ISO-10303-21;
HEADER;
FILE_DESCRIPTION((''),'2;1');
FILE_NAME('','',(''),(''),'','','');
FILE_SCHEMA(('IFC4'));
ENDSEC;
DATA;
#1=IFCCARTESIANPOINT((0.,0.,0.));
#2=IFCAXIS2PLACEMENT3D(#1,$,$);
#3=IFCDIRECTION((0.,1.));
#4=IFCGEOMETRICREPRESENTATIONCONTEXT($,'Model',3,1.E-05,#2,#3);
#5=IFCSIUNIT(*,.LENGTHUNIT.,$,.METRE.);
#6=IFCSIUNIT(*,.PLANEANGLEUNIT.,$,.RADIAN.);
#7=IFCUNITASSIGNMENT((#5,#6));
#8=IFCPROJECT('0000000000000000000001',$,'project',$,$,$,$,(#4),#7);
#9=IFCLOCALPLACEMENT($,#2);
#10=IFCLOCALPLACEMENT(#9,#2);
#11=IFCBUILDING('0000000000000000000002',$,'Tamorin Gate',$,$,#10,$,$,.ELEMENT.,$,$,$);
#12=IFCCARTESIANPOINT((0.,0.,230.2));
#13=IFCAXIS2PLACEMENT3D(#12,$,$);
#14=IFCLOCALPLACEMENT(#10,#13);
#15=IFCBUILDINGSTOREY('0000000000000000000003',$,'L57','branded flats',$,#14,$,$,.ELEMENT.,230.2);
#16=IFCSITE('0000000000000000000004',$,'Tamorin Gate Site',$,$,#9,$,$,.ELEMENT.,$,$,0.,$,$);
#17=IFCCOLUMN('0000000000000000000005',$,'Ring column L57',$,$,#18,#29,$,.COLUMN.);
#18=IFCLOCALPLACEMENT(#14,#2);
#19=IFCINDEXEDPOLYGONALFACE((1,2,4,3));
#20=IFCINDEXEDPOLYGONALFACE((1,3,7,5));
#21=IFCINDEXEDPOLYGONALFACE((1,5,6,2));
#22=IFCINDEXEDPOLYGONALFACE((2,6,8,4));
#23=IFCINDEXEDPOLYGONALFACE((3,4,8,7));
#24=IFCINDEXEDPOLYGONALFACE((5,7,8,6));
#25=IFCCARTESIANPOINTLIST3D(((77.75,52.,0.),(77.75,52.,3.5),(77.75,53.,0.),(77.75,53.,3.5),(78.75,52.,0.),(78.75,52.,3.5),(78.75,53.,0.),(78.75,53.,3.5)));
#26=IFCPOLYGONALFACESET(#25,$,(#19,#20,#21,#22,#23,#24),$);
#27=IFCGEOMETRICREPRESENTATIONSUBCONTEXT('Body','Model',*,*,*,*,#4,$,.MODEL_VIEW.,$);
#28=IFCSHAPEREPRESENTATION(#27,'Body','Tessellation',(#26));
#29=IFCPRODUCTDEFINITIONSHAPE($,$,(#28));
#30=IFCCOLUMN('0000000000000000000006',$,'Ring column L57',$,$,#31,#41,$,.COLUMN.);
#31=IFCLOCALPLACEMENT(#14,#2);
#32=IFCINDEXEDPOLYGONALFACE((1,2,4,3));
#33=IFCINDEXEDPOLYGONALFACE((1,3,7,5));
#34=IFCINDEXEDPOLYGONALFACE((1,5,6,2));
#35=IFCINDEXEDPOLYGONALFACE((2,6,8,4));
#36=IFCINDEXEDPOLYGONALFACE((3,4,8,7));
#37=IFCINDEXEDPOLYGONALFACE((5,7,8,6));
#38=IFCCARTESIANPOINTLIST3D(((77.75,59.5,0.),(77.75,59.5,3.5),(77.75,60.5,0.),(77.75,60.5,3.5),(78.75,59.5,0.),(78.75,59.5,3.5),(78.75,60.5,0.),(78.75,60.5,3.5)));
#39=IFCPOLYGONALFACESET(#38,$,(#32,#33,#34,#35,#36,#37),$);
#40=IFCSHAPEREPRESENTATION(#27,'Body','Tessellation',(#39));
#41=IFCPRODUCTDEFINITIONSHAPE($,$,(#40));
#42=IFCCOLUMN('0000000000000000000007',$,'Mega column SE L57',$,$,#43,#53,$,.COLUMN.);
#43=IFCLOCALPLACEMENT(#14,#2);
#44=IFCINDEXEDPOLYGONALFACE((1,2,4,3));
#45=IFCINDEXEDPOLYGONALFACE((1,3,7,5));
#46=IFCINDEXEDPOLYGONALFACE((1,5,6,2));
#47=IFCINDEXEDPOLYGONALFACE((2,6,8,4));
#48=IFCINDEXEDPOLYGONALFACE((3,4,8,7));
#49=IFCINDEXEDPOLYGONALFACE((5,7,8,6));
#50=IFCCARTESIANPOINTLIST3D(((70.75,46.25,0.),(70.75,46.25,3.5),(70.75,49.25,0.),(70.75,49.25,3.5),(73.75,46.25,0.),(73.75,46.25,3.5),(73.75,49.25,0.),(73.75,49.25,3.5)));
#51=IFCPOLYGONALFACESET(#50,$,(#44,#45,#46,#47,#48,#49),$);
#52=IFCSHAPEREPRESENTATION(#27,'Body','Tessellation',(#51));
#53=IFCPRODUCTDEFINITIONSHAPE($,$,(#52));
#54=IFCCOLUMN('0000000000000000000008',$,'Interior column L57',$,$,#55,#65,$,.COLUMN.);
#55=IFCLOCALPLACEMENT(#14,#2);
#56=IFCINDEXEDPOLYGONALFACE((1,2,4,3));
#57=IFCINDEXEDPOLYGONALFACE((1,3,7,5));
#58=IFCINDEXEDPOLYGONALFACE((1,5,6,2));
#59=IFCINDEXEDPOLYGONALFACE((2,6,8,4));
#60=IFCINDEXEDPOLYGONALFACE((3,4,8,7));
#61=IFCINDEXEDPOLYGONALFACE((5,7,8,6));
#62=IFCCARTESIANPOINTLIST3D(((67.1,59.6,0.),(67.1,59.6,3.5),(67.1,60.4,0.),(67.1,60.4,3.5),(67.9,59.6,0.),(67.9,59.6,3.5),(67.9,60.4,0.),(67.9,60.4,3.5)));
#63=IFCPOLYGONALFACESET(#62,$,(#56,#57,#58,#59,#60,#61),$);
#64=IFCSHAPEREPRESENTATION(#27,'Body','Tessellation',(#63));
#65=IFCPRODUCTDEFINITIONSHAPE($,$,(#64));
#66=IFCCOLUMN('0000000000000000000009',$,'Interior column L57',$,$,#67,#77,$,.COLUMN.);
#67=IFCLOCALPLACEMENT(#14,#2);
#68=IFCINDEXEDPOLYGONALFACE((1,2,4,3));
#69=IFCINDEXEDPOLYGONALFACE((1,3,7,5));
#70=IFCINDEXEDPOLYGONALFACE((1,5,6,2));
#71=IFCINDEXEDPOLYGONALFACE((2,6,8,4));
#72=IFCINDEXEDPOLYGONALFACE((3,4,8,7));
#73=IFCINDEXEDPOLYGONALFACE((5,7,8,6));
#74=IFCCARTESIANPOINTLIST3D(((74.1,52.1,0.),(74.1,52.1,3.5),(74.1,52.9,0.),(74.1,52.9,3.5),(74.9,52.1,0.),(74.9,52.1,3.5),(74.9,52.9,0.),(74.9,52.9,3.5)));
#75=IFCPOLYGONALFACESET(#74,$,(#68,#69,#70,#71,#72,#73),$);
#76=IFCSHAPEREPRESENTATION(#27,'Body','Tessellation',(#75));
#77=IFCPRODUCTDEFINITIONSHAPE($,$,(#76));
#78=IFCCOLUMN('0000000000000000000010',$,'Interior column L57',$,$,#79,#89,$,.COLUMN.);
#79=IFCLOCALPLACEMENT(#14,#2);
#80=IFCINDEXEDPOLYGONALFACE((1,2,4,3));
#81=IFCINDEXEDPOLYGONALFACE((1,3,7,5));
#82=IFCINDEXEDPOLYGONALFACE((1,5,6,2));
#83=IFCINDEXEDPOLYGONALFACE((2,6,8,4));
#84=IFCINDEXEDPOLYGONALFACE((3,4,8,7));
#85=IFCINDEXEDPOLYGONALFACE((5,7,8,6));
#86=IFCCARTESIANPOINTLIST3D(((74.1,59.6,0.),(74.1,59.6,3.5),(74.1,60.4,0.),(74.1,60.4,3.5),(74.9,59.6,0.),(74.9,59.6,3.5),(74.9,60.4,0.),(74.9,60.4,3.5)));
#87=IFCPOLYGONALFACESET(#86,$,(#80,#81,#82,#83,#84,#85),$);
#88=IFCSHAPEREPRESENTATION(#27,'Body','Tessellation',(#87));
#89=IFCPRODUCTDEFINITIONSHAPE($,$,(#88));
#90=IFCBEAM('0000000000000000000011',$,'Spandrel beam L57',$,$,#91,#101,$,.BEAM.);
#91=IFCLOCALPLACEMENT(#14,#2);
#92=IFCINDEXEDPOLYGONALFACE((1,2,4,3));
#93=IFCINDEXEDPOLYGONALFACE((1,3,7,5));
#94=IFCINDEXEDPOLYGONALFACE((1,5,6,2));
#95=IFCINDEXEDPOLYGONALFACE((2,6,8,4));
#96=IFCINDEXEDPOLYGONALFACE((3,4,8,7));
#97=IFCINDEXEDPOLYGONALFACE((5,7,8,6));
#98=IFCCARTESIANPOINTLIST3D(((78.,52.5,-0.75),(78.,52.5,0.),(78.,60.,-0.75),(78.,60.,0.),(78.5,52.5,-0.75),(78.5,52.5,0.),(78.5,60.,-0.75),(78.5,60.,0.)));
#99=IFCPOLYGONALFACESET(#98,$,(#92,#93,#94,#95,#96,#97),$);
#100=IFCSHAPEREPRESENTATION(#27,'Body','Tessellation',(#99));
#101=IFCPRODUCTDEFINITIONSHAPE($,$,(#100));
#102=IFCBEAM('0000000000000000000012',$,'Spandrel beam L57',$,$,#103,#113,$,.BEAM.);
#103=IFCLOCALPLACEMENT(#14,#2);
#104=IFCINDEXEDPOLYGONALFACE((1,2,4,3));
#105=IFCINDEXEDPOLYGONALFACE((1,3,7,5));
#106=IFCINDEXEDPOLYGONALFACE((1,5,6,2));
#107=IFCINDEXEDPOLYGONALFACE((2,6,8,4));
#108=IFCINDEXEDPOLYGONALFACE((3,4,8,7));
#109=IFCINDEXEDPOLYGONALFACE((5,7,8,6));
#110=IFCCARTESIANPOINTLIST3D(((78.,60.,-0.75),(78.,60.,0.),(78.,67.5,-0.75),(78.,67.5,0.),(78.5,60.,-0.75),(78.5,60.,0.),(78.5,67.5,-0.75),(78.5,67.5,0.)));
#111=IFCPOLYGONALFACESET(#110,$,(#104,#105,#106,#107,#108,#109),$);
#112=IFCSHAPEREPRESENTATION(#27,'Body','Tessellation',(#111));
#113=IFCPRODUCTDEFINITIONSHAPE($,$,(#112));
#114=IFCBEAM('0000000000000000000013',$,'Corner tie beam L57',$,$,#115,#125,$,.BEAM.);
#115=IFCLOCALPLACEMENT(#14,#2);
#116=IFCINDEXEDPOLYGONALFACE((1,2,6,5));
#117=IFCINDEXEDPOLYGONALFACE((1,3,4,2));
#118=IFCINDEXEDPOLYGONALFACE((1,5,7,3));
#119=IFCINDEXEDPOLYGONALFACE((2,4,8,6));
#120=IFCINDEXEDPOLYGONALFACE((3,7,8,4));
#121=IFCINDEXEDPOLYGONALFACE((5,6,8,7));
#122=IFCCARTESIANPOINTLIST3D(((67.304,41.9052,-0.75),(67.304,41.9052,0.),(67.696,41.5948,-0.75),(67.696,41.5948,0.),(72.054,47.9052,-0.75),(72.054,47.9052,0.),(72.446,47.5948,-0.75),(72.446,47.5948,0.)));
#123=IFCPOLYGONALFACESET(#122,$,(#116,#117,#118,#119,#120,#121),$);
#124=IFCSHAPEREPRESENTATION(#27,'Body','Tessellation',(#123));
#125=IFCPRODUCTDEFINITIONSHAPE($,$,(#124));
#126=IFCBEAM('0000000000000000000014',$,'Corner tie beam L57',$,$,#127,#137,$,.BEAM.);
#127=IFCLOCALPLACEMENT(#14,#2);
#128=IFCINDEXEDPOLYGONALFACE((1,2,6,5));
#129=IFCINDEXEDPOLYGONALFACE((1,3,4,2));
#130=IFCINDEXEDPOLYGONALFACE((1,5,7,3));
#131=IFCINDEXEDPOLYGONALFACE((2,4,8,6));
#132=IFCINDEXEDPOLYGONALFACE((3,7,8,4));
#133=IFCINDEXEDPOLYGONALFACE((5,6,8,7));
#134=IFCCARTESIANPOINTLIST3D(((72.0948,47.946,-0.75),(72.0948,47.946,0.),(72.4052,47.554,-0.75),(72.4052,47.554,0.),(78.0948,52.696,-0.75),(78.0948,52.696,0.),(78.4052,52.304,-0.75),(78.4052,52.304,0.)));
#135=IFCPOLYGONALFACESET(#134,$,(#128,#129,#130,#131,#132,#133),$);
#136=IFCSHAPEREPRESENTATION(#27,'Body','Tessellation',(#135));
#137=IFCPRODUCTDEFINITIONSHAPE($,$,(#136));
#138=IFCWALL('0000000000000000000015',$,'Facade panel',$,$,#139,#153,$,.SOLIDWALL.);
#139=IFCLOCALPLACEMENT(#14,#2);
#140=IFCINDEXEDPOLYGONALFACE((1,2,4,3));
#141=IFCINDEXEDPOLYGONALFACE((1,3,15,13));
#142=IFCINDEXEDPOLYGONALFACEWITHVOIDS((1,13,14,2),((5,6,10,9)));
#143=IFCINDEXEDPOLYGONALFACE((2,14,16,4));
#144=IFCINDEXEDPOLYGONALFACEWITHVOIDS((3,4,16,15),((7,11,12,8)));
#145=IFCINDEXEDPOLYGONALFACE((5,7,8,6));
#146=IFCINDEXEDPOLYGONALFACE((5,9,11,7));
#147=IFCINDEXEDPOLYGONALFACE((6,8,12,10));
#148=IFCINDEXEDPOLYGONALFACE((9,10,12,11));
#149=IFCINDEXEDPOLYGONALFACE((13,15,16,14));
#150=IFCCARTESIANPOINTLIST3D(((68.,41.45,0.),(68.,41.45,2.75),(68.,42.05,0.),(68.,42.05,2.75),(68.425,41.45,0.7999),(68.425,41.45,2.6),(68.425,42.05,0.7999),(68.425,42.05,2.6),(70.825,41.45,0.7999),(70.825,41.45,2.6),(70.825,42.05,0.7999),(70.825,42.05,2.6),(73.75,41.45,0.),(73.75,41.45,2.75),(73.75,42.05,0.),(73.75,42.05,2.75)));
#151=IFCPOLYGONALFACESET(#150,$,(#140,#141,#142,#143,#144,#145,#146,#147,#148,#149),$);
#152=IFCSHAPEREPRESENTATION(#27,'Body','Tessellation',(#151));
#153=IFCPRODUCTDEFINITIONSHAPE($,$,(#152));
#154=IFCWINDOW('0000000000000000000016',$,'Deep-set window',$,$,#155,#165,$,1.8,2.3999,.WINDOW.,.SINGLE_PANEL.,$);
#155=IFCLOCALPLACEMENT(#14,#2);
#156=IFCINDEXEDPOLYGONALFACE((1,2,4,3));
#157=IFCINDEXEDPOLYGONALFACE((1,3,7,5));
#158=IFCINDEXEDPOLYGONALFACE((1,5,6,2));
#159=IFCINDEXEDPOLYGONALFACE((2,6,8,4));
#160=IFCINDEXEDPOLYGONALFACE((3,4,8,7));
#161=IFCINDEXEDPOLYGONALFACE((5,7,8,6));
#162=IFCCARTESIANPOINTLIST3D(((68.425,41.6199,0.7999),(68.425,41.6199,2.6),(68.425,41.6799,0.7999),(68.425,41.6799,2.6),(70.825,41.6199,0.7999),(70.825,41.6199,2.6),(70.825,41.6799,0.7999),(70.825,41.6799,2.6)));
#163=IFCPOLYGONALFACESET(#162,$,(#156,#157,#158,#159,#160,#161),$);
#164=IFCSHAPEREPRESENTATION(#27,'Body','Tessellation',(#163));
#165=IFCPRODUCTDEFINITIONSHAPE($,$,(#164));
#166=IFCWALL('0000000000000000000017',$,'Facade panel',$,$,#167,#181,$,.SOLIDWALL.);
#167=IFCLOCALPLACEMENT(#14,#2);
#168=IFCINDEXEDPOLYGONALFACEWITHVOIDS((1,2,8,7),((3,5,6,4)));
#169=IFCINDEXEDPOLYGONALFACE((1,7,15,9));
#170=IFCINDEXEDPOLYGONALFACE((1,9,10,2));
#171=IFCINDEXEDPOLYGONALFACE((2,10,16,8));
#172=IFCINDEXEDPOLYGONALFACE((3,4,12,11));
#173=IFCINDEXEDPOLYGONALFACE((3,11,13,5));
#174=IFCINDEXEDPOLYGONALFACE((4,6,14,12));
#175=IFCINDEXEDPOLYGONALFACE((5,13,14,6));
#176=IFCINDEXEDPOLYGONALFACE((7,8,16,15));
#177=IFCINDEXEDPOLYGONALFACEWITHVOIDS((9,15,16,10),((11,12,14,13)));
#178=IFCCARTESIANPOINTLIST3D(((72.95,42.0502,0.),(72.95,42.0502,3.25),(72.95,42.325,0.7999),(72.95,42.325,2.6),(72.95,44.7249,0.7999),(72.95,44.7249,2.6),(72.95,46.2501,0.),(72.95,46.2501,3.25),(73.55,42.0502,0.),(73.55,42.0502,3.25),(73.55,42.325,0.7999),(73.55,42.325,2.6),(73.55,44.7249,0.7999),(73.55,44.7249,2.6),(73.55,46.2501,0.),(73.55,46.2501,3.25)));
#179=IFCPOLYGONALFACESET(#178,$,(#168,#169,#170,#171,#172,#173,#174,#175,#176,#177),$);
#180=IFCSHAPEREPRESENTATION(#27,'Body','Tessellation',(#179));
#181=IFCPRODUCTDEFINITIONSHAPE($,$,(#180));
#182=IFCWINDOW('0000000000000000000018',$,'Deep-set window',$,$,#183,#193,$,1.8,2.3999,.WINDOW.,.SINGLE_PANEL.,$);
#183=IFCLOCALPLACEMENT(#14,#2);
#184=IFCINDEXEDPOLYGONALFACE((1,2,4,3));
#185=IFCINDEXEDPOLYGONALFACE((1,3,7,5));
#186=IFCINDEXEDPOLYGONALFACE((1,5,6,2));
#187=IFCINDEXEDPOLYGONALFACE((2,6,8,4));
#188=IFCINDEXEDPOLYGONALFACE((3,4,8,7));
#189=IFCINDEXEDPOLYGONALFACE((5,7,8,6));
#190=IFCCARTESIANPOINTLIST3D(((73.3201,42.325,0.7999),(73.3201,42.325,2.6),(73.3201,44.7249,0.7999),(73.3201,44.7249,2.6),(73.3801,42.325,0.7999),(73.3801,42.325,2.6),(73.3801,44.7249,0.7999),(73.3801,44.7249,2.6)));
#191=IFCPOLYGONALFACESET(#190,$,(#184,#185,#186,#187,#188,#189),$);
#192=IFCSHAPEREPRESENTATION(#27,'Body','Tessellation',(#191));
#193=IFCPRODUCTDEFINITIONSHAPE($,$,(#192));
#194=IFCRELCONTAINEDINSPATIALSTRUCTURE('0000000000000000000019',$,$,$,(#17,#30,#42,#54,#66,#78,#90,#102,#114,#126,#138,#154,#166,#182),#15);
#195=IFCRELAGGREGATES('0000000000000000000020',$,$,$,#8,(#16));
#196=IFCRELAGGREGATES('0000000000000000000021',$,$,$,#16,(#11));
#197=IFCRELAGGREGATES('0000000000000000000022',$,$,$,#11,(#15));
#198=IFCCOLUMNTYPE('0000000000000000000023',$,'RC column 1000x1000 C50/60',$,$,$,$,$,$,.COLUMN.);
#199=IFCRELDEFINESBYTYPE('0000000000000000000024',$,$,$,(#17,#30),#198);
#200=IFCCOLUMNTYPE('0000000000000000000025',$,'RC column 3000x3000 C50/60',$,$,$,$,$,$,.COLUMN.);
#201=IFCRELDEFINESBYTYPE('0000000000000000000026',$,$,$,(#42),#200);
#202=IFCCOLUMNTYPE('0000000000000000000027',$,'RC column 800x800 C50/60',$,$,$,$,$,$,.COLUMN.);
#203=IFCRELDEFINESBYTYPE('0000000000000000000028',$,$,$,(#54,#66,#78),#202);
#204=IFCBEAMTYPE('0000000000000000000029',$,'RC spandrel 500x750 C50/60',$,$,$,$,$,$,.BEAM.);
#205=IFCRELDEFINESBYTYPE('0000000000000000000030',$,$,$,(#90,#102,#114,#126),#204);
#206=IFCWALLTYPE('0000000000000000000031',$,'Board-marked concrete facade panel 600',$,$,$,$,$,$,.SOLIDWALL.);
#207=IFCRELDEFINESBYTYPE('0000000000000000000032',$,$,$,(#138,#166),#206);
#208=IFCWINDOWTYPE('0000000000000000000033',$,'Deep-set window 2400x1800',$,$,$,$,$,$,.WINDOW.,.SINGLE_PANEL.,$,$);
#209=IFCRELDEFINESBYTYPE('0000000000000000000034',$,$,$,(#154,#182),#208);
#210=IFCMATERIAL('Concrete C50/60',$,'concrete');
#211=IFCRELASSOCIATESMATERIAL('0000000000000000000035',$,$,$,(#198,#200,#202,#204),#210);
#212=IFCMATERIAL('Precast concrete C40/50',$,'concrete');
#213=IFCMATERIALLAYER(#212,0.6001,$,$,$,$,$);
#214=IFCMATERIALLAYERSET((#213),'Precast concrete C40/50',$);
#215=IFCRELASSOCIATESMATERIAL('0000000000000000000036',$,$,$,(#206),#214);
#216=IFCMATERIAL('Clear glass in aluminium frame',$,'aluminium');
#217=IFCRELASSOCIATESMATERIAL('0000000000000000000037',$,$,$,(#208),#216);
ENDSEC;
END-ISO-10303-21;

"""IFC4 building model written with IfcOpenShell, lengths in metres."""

from ifc_helpers import new_model, si_unit, direction, frame, frame_2d, origin, origin_2d, place, context, subcontext, project, spatial, rectangle, extrude, material, layer, layer_set, material_profile, profile_set, type_object, element, fill, save


model = new_model("IFC4")

# Units and contexts
model_context = context("Model", 3, precision=1e-05, world=origin(), true_north=direction((0.0, 1.0)))
body_context = subcontext(model_context, "Body", "Model", "MODEL_VIEW")
ifc_project = project(units=[si_unit("LENGTHUNIT", "METRE"), si_unit("PLANEANGLEUNIT", "RADIAN")], contexts=[model_context])

# Site, building, storey
site_placement = place(None, origin())
site = spatial("IfcSite", under=ifc_project, at=site_placement, Name="Tamorin Gate Site", CompositionType="ELEMENT", RefElevation=0.0)
building_placement = place(site_placement, origin())
building = spatial("IfcBuilding", under=site, at=building_placement, Name="Tamorin Gate", CompositionType="ELEMENT")
storey_placement = place(building_placement, frame((0.0, 0.0, 230.2)))
storey = spatial("IfcBuildingStorey", under=building, at=storey_placement, Name="L57", Description="branded flats", CompositionType="ELEMENT", Elevation=230.2)

# Columns
ifc_material_1 = material(Name="Concrete C50/60", Category="concrete")
ifc_material_profile_1 = material_profile(ifc_material_1, rectangle(XDim=1.0, YDim=1.0, at=origin_2d()), Name="RC 1000x1000")
ifc_profile_set_1 = profile_set([ifc_material_profile_1], Name="Concrete C50/60")
column_type_1 = type_object("IfcColumnType", Name="RC column 1000x1000 C50/60", PredefinedType="COLUMN", material=ifc_profile_set_1)
for number, where, z_axis, x_axis, name in (
    (1, (78.25, 52.5, 0.0), (0.0, 0.0, 1.0), (1.0, 0.0, 0.0), "Ring column L57"),
    (2, (78.25, 60.0, 0.0), (0.0, 0.0, 1.0), (1.0, 0.0, 0.0), "Ring column L57"),
):
    element("IfcColumn", number, at=place(storey_placement, frame(where, z_axis=z_axis, x_axis=x_axis)), inside=storey, type_object=column_type_1, Name=name, PredefinedType="COLUMN", context=body_context, shape_type="SweptSolid", body=[
        extrude(rectangle(XDim=1.0, YDim=1.0, at=origin_2d()), origin(), (0.0, 0.0, 1.0), 3.5),
    ])
ifc_material_profile_2 = material_profile(ifc_material_1, rectangle(XDim=3.0, YDim=3.0, at=origin_2d()), Name="RC 3000x3000")
ifc_profile_set_2 = profile_set([ifc_material_profile_2], Name="Concrete C50/60")
column_type_2 = type_object("IfcColumnType", Name="RC column 3000x3000 C50/60", PredefinedType="COLUMN", material=ifc_profile_set_2)
column_placement = place(storey_placement, frame((72.25, 47.75, 0.0), z_axis=(0.0, 0.0, 1.0), x_axis=(1.0, 0.0, 0.0)))
element("IfcColumn", 3, at=column_placement, inside=storey, type_object=column_type_2, Name="Mega column SE L57", PredefinedType="COLUMN", context=body_context, shape_type="SweptSolid", body=[
    extrude(rectangle(XDim=3.0, YDim=3.0, at=origin_2d()), origin(), (0.0, 0.0, 1.0), 3.5),
])
ifc_material_profile_3 = material_profile(ifc_material_1, rectangle(XDim=0.8, YDim=0.8, at=origin_2d()), Name="RC 800x800")
ifc_profile_set_3 = profile_set([ifc_material_profile_3], Name="Concrete C50/60")
column_type_3 = type_object("IfcColumnType", Name="RC column 800x800 C50/60", PredefinedType="COLUMN", material=ifc_profile_set_3)
for number, where, z_axis, x_axis, name in (
    (4, (67.5, 60.0, 0.0), (0.0, 0.0, 1.0), (1.0, 0.0, 0.0), "Interior column L57"),
    (5, (74.5, 52.5, 0.0), (0.0, 0.0, 1.0), (1.0, 0.0, 0.0), "Interior column L57"),
    (6, (74.5, 60.0, 0.0), (0.0, 0.0, 1.0), (1.0, 0.0, 0.0), "Interior column L57"),
):
    element("IfcColumn", number, at=place(storey_placement, frame(where, z_axis=z_axis, x_axis=x_axis)), inside=storey, type_object=column_type_3, Name=name, PredefinedType="COLUMN", context=body_context, shape_type="SweptSolid", body=[
        extrude(rectangle(XDim=0.8, YDim=0.8, at=origin_2d()), origin(), (0.0, 0.0, 1.0), 3.5),
    ])

# Beams
ifc_material_profile_4 = material_profile(ifc_material_1, rectangle(XDim=0.5, YDim=0.75, at=origin_2d()), Name="RC 500x750")
ifc_profile_set_4 = profile_set([ifc_material_profile_4], Name="Concrete C50/60")
beam_type = type_object("IfcBeamType", Name="RC spandrel 500x750 C50/60", PredefinedType="BEAM", material=ifc_profile_set_4)
for number, where, z_axis, x_axis, name in (
    (7, (78.25, 52.5, -0.375), (0.0, 1.0, 0.0), (-1.0, 0.0, 0.0), "Spandrel beam L57"),
    (8, (78.25, 60.0, -0.375), (0.0, 1.0, 0.0), (-1.0, 0.0, 0.0), "Spandrel beam L57"),
):
    element("IfcBeam", number, at=place(storey_placement, frame(where, z_axis=z_axis, x_axis=x_axis)), inside=storey, type_object=beam_type, Name=name, PredefinedType="BEAM", context=body_context, shape_type="SweptSolid", body=[
        extrude(rectangle(XDim=0.5, YDim=0.75, at=origin_2d()), origin(), (0.0, 0.0, 1.0), 7.5),
    ])
for number, where, z_axis, x_axis, name in (
    (9, (72.25, 47.75, -0.375), (-0.620703, -0.784046, 0.0), (0.784046, -0.620703, 0.0), "Corner tie beam L57"),
    (10, (72.25, 47.75, -0.375), (0.784046, 0.620703, 0.0), (-0.620703, 0.784046, 0.0), "Corner tie beam L57"),
):
    element("IfcBeam", number, at=place(storey_placement, frame(where, z_axis=z_axis, x_axis=x_axis)), inside=storey, type_object=beam_type, Name=name, PredefinedType="BEAM", context=body_context, shape_type="SweptSolid", body=[
        extrude(rectangle(XDim=0.5, YDim=0.75, at=origin_2d()), origin(), (0.0, 0.0, 1.0), 7.6526),
    ])

# Walls, openings, windows
ifc_material_2 = material(Name="Precast concrete C40/50", Category="concrete")
ifc_layer = layer(ifc_material_2, 0.6001)
ifc_layer_set = layer_set([ifc_layer], Name="Precast concrete C40/50")
wall_type = type_object("IfcWallType", Name="Board-marked concrete facade panel 600", PredefinedType="SOLIDWALL", material=ifc_layer_set)
wall_1_placement = place(storey_placement, frame((68.0, 41.75, 0.0), z_axis=(0.0, 0.0, 1.0), x_axis=(1.0, 0.0, 0.0)))
wall_1 = element("IfcWall", 11, at=wall_1_placement, inside=storey, type_object=wall_type, Name="Facade panel", PredefinedType="SOLIDWALL", context=body_context, shape_type="SweptSolid", body=[
    extrude(rectangle(XDim=5.75, YDim=0.6001, at=frame_2d((2.875, 0.0))), origin(), (0.0, 0.0, 1.0), 2.75),
])
opening_1_placement = place(wall_1_placement, frame((0.425, 0.0, 0.8)))
opening_1 = element("IfcOpeningElement", 12, at=opening_1_placement, cuts=wall_1, PredefinedType="OPENING", context=body_context, shape_type="SweptSolid", body=[
    extrude(rectangle(XDim=2.3999, YDim=1.8, at=frame_2d((1.2, 0.8999))), frame((0.0, 0.3101, 0.0), z_axis=(0.0, -1.0, 0.0), x_axis=(1.0, 0.0, 0.0)), (0.0, 0.0, 1.0), 0.6201),
])
ifc_material_3 = material(Name="Clear glass in aluminium frame", Category="aluminium")
window_type = type_object("IfcWindowType", Name="Deep-set window 2400x1800", PartitioningType="SINGLE_PANEL", PredefinedType="WINDOW", material=ifc_material_3)
window_1_placement = place(opening_1_placement, origin())
window_1 = element("IfcWindow", 13, at=window_1_placement, inside=storey, type_object=window_type, Name="Deep-set window", OverallHeight=1.8, OverallWidth=2.3999, PartitioningType="SINGLE_PANEL", PredefinedType="WINDOW", context=body_context, shape_type="SweptSolid", body=[
    extrude(rectangle(XDim=2.3999, YDim=1.8, at=frame_2d((1.2, 0.8999))), frame((0.0, -0.0701, 0.0), z_axis=(0.0, -1.0, 0.0), x_axis=(1.0, 0.0, 0.0)), (0.0, 0.0, 1.0), 0.0601),
])
fill(opening_1, window_1)
wall_2_placement = place(storey_placement, frame((73.25, 42.05, 0.0), z_axis=(0.0, 0.0, 1.0), x_axis=(0.0, 1.0, 0.0)))
wall_2 = element("IfcWall", 14, at=wall_2_placement, inside=storey, type_object=wall_type, Name="Facade panel", PredefinedType="SOLIDWALL", context=body_context, shape_type="SweptSolid", body=[
    extrude(rectangle(XDim=4.2, YDim=0.6001, at=frame_2d((2.1001, 0.0))), origin(), (0.0, 0.0, 1.0), 3.25),
])
opening_2_placement = place(wall_2_placement, frame((0.2749, 0.0, 0.8)))
opening_2 = element("IfcOpeningElement", 15, at=opening_2_placement, cuts=wall_2, PredefinedType="OPENING", context=body_context, shape_type="SweptSolid", body=[
    extrude(rectangle(XDim=2.3999, YDim=1.8, at=frame_2d((1.2, 0.8999))), frame((0.0, 0.3101, 0.0), z_axis=(0.0, -1.0, 0.0), x_axis=(1.0, 0.0, 0.0)), (0.0, 0.0, 1.0), 0.6201),
])
window_2_placement = place(opening_2_placement, origin())
window_2 = element("IfcWindow", 16, at=window_2_placement, inside=storey, type_object=window_type, Name="Deep-set window", OverallHeight=1.8, OverallWidth=2.3999, PartitioningType="SINGLE_PANEL", PredefinedType="WINDOW", context=body_context, shape_type="SweptSolid", body=[
    extrude(rectangle(XDim=2.3999, YDim=1.8, at=frame_2d((1.2, 0.8999))), frame((0.0, -0.0701, 0.0), z_axis=(0.0, -1.0, 0.0), x_axis=(1.0, 0.0, 0.0)), (0.0, 0.0, 1.0), 0.0601),
])
fill(opening_2, window_2)

save(model, "model.ifc")
